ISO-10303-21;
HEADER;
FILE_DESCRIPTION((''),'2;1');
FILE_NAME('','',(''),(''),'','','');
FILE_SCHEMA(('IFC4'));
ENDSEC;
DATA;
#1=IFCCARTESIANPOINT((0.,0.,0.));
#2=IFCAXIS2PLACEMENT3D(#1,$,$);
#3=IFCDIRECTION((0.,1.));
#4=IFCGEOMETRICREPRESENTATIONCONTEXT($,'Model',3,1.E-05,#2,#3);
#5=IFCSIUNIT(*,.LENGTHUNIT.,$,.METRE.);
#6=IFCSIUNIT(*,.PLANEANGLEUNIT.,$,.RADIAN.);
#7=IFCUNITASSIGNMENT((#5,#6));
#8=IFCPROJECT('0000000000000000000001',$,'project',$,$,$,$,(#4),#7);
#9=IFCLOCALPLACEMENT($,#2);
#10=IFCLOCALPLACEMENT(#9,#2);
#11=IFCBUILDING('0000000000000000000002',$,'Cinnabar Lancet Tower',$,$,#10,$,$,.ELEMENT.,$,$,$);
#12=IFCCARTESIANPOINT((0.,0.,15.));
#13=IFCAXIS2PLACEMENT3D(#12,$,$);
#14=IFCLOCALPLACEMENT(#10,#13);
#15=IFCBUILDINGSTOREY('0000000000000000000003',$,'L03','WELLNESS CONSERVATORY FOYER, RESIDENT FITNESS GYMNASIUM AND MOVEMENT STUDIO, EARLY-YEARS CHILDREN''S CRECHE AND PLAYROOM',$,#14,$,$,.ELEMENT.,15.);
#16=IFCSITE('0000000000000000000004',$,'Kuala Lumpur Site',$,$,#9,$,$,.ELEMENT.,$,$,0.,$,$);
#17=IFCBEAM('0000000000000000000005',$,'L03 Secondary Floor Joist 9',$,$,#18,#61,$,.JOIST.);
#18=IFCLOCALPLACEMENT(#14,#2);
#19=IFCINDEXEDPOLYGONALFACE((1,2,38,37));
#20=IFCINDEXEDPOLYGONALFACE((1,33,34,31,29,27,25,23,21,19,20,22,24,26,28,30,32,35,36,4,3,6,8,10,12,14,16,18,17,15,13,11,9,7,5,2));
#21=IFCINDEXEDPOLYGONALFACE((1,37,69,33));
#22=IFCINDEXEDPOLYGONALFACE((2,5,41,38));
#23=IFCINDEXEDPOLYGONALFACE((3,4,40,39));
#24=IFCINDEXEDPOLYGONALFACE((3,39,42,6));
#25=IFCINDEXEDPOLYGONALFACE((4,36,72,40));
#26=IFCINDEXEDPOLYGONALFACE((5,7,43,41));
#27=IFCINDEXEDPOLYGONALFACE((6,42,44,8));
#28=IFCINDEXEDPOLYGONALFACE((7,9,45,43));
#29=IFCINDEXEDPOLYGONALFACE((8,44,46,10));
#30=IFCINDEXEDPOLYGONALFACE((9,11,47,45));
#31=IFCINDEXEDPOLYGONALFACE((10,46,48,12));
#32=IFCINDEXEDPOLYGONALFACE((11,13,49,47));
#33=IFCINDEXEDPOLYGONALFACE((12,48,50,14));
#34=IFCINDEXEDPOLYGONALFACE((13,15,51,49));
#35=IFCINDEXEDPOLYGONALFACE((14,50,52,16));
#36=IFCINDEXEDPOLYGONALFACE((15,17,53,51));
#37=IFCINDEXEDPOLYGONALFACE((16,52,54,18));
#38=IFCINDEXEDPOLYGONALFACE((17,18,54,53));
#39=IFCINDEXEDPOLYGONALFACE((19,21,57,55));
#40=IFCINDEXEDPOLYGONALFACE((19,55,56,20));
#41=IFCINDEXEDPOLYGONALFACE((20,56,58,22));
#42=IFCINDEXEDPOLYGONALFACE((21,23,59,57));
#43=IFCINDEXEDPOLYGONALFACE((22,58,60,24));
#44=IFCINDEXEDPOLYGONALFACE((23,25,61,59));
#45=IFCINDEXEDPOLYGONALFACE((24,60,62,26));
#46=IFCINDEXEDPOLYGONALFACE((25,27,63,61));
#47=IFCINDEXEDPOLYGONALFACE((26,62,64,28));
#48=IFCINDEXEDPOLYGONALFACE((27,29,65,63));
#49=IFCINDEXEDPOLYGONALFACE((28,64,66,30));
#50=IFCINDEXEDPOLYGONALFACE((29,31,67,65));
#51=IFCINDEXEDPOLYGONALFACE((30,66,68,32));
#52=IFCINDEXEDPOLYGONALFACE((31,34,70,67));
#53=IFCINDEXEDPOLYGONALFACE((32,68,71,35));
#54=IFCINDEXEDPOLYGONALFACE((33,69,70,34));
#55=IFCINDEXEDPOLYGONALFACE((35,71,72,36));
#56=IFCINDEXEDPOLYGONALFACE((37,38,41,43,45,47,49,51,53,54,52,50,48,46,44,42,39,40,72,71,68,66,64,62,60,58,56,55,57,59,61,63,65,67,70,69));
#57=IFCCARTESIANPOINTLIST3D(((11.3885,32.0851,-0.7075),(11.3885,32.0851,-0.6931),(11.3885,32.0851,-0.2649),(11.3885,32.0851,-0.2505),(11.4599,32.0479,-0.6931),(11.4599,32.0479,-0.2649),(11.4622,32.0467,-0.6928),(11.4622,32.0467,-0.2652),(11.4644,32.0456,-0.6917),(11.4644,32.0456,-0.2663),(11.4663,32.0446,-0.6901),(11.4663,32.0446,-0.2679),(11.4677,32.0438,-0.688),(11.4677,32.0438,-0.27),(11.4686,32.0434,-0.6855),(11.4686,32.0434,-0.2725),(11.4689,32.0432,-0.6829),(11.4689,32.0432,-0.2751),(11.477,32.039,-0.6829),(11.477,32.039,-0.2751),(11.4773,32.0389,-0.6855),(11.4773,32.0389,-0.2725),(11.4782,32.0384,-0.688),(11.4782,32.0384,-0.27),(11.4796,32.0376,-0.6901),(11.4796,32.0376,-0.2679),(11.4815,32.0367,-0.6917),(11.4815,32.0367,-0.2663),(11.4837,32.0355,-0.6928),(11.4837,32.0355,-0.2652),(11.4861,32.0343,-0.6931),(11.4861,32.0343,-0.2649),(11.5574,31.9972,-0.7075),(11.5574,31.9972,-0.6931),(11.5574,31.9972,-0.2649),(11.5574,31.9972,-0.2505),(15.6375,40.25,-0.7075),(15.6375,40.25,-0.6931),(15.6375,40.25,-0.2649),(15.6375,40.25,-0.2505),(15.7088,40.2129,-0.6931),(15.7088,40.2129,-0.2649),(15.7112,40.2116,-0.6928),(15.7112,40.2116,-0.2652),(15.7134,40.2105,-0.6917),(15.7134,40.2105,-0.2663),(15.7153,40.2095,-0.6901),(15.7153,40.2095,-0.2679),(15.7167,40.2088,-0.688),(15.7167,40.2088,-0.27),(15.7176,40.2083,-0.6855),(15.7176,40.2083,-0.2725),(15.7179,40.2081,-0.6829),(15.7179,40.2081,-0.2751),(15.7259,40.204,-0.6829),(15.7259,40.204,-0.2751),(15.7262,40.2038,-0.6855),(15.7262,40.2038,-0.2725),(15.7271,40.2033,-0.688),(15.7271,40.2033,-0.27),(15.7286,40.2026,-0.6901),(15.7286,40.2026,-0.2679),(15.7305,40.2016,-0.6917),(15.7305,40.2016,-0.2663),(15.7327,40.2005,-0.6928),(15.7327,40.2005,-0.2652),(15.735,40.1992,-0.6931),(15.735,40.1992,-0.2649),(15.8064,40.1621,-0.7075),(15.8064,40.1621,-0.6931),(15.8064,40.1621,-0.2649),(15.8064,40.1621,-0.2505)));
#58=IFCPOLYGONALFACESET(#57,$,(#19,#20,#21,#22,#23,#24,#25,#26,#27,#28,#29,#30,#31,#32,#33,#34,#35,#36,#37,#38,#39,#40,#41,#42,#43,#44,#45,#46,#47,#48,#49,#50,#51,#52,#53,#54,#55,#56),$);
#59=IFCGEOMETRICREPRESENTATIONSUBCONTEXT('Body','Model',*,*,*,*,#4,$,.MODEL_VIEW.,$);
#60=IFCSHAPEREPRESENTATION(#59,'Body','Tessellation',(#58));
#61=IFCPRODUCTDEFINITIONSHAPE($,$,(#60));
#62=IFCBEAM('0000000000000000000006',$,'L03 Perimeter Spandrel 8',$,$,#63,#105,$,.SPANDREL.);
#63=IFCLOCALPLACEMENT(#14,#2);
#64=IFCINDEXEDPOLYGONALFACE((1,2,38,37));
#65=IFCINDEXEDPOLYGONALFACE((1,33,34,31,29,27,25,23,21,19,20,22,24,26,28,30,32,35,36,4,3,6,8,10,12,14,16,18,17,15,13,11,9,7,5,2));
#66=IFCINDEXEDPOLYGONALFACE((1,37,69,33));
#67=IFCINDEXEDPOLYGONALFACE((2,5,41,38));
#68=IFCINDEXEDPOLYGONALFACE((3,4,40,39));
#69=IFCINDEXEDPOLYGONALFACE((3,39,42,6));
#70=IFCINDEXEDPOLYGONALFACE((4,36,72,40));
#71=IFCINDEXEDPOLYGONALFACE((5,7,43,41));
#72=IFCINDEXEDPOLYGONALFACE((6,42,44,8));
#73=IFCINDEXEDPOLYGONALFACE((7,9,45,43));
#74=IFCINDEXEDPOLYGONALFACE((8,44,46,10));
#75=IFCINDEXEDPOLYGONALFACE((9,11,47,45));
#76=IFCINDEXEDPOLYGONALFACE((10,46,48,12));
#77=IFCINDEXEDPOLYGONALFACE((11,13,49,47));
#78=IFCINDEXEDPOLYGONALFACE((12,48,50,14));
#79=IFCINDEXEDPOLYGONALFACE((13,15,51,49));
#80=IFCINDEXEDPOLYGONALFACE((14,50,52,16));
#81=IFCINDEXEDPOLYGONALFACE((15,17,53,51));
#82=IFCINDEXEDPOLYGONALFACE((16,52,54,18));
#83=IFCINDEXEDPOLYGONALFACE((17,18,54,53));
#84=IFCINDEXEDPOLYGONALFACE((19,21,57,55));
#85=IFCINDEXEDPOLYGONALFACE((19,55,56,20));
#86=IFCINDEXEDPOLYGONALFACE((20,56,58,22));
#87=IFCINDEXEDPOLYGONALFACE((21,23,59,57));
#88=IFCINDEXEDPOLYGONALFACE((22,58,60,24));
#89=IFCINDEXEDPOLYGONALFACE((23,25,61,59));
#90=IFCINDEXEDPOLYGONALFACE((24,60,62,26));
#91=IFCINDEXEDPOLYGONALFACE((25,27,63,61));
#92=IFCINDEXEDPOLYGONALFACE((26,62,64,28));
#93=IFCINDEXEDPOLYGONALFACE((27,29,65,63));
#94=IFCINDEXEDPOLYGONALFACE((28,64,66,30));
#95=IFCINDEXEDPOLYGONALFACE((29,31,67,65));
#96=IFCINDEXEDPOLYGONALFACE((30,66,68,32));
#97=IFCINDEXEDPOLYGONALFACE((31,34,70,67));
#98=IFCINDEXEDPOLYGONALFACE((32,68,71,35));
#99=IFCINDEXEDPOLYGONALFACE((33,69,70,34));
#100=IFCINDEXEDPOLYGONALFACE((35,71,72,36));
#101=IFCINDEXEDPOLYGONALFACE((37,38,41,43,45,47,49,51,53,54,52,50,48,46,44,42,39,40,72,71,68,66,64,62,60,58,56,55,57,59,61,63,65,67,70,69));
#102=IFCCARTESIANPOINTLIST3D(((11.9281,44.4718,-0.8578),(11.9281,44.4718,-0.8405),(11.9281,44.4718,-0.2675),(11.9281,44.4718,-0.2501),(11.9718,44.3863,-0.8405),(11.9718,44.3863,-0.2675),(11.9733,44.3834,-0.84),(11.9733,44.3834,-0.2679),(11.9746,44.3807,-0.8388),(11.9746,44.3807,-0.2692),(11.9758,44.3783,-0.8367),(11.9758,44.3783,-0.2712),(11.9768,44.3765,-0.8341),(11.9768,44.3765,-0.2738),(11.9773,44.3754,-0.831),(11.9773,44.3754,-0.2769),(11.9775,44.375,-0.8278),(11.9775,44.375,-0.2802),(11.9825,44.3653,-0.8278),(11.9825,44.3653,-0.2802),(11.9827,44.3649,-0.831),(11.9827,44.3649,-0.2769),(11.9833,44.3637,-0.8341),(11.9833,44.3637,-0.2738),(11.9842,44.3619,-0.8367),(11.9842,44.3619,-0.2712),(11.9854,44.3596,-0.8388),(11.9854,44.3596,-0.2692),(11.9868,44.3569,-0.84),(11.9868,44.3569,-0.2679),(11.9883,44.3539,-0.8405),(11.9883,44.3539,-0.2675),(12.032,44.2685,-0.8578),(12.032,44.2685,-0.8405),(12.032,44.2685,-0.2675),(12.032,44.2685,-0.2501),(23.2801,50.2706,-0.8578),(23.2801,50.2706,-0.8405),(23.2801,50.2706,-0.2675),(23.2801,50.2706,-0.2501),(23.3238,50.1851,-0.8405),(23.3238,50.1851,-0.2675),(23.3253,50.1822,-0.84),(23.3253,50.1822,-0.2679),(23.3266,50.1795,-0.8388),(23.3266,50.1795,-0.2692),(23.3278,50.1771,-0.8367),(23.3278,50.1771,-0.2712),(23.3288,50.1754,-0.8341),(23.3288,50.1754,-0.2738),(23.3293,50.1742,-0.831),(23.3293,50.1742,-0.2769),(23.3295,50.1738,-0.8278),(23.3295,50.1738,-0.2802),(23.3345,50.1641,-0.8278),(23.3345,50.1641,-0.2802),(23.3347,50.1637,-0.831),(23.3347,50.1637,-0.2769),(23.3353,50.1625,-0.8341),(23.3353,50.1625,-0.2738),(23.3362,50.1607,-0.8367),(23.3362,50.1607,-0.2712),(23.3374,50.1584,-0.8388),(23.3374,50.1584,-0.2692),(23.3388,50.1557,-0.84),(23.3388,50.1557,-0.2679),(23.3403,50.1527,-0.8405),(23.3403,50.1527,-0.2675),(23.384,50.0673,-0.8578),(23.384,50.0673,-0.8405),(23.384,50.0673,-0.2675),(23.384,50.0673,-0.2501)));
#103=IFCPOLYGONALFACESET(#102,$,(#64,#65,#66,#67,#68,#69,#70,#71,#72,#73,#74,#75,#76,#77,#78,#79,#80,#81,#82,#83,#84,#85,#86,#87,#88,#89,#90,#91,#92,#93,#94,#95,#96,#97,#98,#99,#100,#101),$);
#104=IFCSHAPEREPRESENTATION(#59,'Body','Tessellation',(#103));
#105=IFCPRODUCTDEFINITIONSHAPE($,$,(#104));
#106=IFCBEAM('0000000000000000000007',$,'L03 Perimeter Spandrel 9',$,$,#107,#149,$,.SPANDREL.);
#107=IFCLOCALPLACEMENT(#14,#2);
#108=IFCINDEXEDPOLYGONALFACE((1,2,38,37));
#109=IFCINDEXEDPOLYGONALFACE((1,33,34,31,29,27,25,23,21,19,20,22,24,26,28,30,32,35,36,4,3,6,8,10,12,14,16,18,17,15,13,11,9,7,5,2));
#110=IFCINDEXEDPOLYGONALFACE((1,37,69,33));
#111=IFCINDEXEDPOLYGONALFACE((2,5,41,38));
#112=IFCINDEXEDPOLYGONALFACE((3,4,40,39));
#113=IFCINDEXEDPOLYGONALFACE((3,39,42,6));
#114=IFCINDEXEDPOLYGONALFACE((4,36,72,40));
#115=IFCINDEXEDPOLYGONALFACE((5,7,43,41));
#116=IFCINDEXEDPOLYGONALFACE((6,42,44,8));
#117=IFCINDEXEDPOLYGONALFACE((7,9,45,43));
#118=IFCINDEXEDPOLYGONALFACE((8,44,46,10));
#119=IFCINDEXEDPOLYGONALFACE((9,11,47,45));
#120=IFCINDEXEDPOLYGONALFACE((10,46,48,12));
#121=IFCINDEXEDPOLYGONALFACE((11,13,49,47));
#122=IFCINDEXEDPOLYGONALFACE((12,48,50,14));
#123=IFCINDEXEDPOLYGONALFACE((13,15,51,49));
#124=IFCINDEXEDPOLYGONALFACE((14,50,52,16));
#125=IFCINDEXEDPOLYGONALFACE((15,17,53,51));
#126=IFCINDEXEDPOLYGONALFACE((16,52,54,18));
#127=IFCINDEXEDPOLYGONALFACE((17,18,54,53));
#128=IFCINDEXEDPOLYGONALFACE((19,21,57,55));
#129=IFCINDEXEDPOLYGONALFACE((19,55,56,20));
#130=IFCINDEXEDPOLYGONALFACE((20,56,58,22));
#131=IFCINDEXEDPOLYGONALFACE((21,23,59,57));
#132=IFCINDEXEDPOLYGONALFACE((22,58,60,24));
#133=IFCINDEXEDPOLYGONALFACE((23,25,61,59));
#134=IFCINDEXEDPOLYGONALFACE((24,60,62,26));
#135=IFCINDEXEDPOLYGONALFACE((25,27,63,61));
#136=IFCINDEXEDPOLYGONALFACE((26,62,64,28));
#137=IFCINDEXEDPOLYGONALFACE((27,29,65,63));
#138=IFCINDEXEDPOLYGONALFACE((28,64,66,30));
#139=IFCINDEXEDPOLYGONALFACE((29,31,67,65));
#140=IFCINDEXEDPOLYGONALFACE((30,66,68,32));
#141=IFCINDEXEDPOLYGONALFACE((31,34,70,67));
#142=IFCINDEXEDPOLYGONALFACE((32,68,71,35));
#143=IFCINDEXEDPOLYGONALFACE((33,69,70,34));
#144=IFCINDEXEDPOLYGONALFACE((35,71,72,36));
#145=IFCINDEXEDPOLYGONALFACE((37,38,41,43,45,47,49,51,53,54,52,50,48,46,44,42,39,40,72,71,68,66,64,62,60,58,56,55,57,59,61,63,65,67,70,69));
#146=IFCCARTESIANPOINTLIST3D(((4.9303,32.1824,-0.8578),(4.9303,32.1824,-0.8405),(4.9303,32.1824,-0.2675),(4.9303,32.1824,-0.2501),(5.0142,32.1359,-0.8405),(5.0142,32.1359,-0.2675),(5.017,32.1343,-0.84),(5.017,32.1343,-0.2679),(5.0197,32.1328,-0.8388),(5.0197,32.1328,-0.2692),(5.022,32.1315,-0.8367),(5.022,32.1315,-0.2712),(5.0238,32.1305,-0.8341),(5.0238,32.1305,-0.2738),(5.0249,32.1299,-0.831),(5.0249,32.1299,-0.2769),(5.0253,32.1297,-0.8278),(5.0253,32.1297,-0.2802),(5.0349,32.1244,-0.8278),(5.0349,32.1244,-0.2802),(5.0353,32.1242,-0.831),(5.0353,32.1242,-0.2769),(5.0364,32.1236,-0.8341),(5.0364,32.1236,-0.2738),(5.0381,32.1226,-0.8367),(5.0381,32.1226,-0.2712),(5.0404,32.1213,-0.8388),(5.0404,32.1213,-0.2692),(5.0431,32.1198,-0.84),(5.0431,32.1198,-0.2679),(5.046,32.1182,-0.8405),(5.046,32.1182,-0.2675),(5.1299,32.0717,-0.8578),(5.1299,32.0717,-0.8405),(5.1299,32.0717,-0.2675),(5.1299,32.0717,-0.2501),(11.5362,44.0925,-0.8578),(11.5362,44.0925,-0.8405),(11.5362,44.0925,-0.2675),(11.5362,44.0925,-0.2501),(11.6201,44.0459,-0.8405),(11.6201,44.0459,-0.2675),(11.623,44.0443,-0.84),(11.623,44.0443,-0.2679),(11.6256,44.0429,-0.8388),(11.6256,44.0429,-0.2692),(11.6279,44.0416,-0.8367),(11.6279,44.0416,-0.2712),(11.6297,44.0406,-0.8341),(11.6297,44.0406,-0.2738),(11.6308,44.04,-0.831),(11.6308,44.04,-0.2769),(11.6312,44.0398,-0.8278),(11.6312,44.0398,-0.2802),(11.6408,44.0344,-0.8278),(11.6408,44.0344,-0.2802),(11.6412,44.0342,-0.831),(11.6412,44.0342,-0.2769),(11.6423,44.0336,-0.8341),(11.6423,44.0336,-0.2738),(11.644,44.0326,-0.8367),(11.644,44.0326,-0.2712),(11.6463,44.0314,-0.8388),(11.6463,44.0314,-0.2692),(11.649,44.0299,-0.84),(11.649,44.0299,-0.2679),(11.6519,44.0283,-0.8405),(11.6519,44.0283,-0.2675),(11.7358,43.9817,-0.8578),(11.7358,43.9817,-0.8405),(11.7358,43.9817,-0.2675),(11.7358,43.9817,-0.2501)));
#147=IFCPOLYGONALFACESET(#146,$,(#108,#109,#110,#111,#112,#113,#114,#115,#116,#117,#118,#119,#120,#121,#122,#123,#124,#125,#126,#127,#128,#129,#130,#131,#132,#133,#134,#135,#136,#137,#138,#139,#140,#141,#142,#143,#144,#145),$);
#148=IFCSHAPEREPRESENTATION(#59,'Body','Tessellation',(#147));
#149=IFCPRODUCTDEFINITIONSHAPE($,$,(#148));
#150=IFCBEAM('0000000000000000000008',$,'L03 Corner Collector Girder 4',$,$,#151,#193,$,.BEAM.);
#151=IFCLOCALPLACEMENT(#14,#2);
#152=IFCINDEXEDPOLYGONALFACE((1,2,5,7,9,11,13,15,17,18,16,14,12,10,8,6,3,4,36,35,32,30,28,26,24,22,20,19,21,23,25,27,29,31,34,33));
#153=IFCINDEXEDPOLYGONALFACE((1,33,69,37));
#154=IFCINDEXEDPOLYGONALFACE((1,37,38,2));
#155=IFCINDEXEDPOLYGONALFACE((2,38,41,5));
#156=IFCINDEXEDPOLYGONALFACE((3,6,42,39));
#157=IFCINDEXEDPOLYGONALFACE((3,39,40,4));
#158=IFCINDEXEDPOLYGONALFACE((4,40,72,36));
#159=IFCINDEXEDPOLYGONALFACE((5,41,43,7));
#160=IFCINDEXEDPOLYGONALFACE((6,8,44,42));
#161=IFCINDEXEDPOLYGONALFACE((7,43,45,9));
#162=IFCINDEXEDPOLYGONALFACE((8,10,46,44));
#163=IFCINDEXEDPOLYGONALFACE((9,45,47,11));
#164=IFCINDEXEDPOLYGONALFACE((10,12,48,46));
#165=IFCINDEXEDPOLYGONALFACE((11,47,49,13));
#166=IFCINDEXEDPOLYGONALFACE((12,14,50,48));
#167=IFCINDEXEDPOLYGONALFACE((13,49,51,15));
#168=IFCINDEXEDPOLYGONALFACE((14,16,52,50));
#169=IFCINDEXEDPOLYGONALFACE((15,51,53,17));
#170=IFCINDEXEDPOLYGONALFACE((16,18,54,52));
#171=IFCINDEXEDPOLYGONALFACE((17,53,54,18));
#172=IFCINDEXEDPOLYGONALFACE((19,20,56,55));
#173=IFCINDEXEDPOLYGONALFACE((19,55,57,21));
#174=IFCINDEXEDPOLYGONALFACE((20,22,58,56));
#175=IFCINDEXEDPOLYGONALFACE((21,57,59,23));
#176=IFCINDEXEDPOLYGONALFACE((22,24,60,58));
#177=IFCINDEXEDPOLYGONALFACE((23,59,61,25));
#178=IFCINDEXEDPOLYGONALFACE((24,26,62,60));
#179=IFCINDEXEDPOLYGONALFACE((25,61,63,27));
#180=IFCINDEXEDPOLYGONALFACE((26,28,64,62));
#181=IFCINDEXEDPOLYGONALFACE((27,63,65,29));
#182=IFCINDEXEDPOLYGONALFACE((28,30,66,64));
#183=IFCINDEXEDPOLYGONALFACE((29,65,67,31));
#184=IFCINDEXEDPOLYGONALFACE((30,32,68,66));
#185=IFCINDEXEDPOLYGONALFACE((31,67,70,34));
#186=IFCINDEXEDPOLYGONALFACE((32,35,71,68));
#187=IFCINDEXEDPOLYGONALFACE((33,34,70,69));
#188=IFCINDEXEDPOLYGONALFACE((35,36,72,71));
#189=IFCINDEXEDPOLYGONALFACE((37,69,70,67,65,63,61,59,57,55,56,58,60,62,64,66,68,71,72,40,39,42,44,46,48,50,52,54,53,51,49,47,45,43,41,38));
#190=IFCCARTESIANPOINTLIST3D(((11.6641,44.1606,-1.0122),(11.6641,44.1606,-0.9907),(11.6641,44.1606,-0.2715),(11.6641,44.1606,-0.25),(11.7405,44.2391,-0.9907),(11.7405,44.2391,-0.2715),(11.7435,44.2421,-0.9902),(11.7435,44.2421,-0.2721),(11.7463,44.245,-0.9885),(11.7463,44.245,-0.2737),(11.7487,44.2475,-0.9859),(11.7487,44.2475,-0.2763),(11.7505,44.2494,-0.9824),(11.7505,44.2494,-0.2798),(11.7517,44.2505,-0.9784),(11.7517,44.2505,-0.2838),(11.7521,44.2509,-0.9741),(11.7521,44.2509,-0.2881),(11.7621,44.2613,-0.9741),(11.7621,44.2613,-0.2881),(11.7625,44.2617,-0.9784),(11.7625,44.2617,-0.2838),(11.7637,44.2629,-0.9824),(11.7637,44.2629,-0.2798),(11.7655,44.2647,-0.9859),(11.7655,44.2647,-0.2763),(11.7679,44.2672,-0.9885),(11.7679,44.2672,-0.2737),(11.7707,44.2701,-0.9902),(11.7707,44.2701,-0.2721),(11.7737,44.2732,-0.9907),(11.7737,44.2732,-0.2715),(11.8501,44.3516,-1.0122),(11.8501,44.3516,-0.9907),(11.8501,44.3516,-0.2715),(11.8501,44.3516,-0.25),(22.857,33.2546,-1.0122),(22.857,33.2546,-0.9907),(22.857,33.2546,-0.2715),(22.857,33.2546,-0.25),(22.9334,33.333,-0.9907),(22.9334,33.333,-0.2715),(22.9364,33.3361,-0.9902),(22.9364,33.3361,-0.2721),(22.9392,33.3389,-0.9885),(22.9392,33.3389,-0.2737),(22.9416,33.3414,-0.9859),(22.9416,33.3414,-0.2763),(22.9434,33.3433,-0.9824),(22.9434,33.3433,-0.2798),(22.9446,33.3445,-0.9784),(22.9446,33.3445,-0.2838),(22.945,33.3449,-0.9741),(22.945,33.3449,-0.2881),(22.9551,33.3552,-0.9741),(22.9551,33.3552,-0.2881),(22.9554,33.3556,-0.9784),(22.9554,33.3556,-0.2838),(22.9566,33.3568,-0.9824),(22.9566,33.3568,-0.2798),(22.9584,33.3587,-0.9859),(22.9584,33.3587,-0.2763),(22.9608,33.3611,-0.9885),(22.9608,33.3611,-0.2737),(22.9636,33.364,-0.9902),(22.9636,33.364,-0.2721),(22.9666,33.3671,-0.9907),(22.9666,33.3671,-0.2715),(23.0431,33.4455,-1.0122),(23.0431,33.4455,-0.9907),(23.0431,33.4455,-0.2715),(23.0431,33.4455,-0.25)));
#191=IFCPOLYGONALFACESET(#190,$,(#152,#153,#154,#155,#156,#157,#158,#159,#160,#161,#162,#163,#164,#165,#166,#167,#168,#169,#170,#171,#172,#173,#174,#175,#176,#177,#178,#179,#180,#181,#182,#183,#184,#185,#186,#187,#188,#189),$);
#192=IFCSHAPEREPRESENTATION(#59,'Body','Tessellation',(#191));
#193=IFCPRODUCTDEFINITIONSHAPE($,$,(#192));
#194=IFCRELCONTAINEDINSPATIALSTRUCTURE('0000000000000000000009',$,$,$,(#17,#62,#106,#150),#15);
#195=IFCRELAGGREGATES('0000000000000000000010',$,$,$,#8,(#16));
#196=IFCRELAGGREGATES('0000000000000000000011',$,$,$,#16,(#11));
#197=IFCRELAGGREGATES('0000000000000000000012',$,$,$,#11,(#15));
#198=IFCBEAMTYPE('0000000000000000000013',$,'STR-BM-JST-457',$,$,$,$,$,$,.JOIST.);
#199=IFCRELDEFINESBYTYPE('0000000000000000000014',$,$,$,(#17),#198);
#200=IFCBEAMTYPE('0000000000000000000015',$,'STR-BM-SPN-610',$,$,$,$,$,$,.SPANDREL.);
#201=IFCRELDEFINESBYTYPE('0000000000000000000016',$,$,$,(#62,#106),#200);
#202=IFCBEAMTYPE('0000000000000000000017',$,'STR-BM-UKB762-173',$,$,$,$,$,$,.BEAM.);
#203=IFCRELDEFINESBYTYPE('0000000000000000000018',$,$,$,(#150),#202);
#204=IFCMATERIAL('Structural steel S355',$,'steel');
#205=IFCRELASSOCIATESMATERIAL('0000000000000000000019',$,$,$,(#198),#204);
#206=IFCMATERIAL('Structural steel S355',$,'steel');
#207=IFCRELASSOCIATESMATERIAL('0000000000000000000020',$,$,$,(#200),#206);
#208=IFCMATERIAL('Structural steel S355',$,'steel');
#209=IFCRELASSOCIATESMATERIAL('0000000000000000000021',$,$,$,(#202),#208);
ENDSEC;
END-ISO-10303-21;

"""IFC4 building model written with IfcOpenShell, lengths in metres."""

from ifc_helpers import new_model, si_unit, direction, frame, origin, origin_2d, place, context, subcontext, project, spatial, i_section, extrude, material, material_profile, profile_set, type_object, element, save


model = new_model("IFC4")

# Units and contexts
model_context = context("Model", 3, precision=1e-05, world=origin(), true_north=direction((0.0, 1.0)))
body_context = subcontext(model_context, "Body", "Model", "MODEL_VIEW")
ifc_project = project(units=[si_unit("LENGTHUNIT", "METRE"), si_unit("PLANEANGLEUNIT", "RADIAN")], contexts=[model_context])

# Site, building, storey
site_placement = place(None, origin())
site = spatial("IfcSite", under=ifc_project, at=site_placement, Name="Kuala Lumpur Site", CompositionType="ELEMENT", RefElevation=0.0)
building_placement = place(site_placement, origin())
building = spatial("IfcBuilding", under=site, at=building_placement, Name="Cinnabar Lancet Tower", CompositionType="ELEMENT")
storey_placement = place(building_placement, frame((0.0, 0.0, 15.0)))
storey = spatial("IfcBuildingStorey", under=building, at=storey_placement, Name="L03", Description="WELLNESS CONSERVATORY FOYER, RESIDENT FITNESS GYMNASIUM AND MOVEMENT STUDIO, EARLY-YEARS CHILDREN'S CRECHE AND PLAYROOM", CompositionType="ELEMENT", Elevation=15.0)

# Beams
ifc_material_1 = material(Name="Structural steel S355", Category="steel")
ifc_material_profile_1 = material_profile(ifc_material_1, i_section(OverallWidth=0.1904, OverallDepth=0.457, WebThickness=0.009, FlangeThickness=0.0144, FilletRadius=0.0103, at=origin_2d()), Name="UKB 457x191x74")
ifc_profile_set_1 = profile_set([ifc_material_profile_1], Name="Structural steel S355")
beam_type_1 = type_object("IfcBeamType", Name="STR-BM-JST-457", PredefinedType="JOIST", material=ifc_profile_set_1)
beam_1_placement = place(storey_placement, frame((15.7219, 40.2061, -0.479), z_axis=(-0.461627, -0.887074, 0.0), x_axis=(0.887074, -0.461627, 0.0)))
element("IfcBeam", 1, at=beam_1_placement, inside=storey, type_object=beam_type_1, Name="L03 Secondary Floor Joist 9", PredefinedType="JOIST", context=body_context, shape_type="SweptSolid", body=[
    extrude(i_section(OverallWidth=0.1904, OverallDepth=0.457, WebThickness=0.009, FlangeThickness=0.0144, FilletRadius=0.0103, at=origin_2d()), origin(), (0.0, 0.0, 1.0), 9.2043),
])
ifc_material_2 = material(Name="Structural steel S355", Category="steel")
ifc_material_profile_2 = material_profile(ifc_material_2, i_section(OverallWidth=0.2283, OverallDepth=0.6077, WebThickness=0.011, FlangeThickness=0.0173, FilletRadius=0.0127, at=origin_2d()), Name="UKB 610x229x113")
ifc_profile_set_2 = profile_set([ifc_material_profile_2], Name="Structural steel S355")
beam_type_2 = type_object("IfcBeamType", Name="STR-BM-SPN-610", PredefinedType="SPANDREL", material=ifc_profile_set_2)
beam_2_placement = place(storey_placement, frame((23.332, 50.1689, -0.554), z_axis=(-0.890541, -0.454904, 0.0), x_axis=(0.454904, -0.890541, 0.0)))
element("IfcBeam", 2, at=beam_2_placement, inside=storey, type_object=beam_type_2, Name="L03 Perimeter Spandrel 8", PredefinedType="SPANDREL", context=body_context, shape_type="SweptSolid", body=[
    extrude(i_section(OverallWidth=0.2283, OverallDepth=0.6077, WebThickness=0.011, FlangeThickness=0.0173, FilletRadius=0.0127, at=origin_2d()), origin(), (0.0, 0.0, 1.0), 12.7473),
])
beam_3_placement = place(storey_placement, frame((11.636, 44.0371, -0.554), z_axis=(-0.485037, -0.874494, 0.0), x_axis=(0.874494, -0.485037, 0.0)))
element("IfcBeam", 3, at=beam_3_placement, inside=storey, type_object=beam_type_2, Name="L03 Perimeter Spandrel 9", PredefinedType="SPANDREL", context=body_context, shape_type="SweptSolid", body=[
    extrude(i_section(OverallWidth=0.2283, OverallDepth=0.6077, WebThickness=0.011, FlangeThickness=0.0173, FilletRadius=0.0127, at=origin_2d()), origin(), (0.0, 0.0, 1.0), 13.6194),
])
ifc_material_3 = material(Name="Structural steel S355", Category="steel")
ifc_material_profile_3 = material_profile(ifc_material_3, i_section(OverallWidth=0.2666, OverallDepth=0.7622, WebThickness=0.0144, FlangeThickness=0.0215, FilletRadius=0.0166, at=origin_2d()), Name="UKB 762x267x173")
ifc_profile_set_3 = profile_set([ifc_material_profile_3], Name="Structural steel S355")
beam_type_3 = type_object("IfcBeamType", Name="STR-BM-UKB762-173", PredefinedType="BEAM", material=ifc_profile_set_3)
beam_4_placement = place(storey_placement, frame((11.7571, 44.2561, -0.6311), z_axis=(0.716225, -0.697869, 0.0), x_axis=(0.697869, 0.716225, 0.0)))
element("IfcBeam", 4, at=beam_4_placement, inside=storey, type_object=beam_type_3, Name="L03 Corner Collector Girder 4", PredefinedType="BEAM", context=body_context, shape_type="SweptSolid", body=[
    extrude(i_section(OverallWidth=0.2666, OverallDepth=0.7622, WebThickness=0.0144, FlangeThickness=0.0215, FilletRadius=0.0166, at=origin_2d()), origin(), (0.0, 0.0, 1.0), 15.6277),
])

save(model, "model.ifc")
